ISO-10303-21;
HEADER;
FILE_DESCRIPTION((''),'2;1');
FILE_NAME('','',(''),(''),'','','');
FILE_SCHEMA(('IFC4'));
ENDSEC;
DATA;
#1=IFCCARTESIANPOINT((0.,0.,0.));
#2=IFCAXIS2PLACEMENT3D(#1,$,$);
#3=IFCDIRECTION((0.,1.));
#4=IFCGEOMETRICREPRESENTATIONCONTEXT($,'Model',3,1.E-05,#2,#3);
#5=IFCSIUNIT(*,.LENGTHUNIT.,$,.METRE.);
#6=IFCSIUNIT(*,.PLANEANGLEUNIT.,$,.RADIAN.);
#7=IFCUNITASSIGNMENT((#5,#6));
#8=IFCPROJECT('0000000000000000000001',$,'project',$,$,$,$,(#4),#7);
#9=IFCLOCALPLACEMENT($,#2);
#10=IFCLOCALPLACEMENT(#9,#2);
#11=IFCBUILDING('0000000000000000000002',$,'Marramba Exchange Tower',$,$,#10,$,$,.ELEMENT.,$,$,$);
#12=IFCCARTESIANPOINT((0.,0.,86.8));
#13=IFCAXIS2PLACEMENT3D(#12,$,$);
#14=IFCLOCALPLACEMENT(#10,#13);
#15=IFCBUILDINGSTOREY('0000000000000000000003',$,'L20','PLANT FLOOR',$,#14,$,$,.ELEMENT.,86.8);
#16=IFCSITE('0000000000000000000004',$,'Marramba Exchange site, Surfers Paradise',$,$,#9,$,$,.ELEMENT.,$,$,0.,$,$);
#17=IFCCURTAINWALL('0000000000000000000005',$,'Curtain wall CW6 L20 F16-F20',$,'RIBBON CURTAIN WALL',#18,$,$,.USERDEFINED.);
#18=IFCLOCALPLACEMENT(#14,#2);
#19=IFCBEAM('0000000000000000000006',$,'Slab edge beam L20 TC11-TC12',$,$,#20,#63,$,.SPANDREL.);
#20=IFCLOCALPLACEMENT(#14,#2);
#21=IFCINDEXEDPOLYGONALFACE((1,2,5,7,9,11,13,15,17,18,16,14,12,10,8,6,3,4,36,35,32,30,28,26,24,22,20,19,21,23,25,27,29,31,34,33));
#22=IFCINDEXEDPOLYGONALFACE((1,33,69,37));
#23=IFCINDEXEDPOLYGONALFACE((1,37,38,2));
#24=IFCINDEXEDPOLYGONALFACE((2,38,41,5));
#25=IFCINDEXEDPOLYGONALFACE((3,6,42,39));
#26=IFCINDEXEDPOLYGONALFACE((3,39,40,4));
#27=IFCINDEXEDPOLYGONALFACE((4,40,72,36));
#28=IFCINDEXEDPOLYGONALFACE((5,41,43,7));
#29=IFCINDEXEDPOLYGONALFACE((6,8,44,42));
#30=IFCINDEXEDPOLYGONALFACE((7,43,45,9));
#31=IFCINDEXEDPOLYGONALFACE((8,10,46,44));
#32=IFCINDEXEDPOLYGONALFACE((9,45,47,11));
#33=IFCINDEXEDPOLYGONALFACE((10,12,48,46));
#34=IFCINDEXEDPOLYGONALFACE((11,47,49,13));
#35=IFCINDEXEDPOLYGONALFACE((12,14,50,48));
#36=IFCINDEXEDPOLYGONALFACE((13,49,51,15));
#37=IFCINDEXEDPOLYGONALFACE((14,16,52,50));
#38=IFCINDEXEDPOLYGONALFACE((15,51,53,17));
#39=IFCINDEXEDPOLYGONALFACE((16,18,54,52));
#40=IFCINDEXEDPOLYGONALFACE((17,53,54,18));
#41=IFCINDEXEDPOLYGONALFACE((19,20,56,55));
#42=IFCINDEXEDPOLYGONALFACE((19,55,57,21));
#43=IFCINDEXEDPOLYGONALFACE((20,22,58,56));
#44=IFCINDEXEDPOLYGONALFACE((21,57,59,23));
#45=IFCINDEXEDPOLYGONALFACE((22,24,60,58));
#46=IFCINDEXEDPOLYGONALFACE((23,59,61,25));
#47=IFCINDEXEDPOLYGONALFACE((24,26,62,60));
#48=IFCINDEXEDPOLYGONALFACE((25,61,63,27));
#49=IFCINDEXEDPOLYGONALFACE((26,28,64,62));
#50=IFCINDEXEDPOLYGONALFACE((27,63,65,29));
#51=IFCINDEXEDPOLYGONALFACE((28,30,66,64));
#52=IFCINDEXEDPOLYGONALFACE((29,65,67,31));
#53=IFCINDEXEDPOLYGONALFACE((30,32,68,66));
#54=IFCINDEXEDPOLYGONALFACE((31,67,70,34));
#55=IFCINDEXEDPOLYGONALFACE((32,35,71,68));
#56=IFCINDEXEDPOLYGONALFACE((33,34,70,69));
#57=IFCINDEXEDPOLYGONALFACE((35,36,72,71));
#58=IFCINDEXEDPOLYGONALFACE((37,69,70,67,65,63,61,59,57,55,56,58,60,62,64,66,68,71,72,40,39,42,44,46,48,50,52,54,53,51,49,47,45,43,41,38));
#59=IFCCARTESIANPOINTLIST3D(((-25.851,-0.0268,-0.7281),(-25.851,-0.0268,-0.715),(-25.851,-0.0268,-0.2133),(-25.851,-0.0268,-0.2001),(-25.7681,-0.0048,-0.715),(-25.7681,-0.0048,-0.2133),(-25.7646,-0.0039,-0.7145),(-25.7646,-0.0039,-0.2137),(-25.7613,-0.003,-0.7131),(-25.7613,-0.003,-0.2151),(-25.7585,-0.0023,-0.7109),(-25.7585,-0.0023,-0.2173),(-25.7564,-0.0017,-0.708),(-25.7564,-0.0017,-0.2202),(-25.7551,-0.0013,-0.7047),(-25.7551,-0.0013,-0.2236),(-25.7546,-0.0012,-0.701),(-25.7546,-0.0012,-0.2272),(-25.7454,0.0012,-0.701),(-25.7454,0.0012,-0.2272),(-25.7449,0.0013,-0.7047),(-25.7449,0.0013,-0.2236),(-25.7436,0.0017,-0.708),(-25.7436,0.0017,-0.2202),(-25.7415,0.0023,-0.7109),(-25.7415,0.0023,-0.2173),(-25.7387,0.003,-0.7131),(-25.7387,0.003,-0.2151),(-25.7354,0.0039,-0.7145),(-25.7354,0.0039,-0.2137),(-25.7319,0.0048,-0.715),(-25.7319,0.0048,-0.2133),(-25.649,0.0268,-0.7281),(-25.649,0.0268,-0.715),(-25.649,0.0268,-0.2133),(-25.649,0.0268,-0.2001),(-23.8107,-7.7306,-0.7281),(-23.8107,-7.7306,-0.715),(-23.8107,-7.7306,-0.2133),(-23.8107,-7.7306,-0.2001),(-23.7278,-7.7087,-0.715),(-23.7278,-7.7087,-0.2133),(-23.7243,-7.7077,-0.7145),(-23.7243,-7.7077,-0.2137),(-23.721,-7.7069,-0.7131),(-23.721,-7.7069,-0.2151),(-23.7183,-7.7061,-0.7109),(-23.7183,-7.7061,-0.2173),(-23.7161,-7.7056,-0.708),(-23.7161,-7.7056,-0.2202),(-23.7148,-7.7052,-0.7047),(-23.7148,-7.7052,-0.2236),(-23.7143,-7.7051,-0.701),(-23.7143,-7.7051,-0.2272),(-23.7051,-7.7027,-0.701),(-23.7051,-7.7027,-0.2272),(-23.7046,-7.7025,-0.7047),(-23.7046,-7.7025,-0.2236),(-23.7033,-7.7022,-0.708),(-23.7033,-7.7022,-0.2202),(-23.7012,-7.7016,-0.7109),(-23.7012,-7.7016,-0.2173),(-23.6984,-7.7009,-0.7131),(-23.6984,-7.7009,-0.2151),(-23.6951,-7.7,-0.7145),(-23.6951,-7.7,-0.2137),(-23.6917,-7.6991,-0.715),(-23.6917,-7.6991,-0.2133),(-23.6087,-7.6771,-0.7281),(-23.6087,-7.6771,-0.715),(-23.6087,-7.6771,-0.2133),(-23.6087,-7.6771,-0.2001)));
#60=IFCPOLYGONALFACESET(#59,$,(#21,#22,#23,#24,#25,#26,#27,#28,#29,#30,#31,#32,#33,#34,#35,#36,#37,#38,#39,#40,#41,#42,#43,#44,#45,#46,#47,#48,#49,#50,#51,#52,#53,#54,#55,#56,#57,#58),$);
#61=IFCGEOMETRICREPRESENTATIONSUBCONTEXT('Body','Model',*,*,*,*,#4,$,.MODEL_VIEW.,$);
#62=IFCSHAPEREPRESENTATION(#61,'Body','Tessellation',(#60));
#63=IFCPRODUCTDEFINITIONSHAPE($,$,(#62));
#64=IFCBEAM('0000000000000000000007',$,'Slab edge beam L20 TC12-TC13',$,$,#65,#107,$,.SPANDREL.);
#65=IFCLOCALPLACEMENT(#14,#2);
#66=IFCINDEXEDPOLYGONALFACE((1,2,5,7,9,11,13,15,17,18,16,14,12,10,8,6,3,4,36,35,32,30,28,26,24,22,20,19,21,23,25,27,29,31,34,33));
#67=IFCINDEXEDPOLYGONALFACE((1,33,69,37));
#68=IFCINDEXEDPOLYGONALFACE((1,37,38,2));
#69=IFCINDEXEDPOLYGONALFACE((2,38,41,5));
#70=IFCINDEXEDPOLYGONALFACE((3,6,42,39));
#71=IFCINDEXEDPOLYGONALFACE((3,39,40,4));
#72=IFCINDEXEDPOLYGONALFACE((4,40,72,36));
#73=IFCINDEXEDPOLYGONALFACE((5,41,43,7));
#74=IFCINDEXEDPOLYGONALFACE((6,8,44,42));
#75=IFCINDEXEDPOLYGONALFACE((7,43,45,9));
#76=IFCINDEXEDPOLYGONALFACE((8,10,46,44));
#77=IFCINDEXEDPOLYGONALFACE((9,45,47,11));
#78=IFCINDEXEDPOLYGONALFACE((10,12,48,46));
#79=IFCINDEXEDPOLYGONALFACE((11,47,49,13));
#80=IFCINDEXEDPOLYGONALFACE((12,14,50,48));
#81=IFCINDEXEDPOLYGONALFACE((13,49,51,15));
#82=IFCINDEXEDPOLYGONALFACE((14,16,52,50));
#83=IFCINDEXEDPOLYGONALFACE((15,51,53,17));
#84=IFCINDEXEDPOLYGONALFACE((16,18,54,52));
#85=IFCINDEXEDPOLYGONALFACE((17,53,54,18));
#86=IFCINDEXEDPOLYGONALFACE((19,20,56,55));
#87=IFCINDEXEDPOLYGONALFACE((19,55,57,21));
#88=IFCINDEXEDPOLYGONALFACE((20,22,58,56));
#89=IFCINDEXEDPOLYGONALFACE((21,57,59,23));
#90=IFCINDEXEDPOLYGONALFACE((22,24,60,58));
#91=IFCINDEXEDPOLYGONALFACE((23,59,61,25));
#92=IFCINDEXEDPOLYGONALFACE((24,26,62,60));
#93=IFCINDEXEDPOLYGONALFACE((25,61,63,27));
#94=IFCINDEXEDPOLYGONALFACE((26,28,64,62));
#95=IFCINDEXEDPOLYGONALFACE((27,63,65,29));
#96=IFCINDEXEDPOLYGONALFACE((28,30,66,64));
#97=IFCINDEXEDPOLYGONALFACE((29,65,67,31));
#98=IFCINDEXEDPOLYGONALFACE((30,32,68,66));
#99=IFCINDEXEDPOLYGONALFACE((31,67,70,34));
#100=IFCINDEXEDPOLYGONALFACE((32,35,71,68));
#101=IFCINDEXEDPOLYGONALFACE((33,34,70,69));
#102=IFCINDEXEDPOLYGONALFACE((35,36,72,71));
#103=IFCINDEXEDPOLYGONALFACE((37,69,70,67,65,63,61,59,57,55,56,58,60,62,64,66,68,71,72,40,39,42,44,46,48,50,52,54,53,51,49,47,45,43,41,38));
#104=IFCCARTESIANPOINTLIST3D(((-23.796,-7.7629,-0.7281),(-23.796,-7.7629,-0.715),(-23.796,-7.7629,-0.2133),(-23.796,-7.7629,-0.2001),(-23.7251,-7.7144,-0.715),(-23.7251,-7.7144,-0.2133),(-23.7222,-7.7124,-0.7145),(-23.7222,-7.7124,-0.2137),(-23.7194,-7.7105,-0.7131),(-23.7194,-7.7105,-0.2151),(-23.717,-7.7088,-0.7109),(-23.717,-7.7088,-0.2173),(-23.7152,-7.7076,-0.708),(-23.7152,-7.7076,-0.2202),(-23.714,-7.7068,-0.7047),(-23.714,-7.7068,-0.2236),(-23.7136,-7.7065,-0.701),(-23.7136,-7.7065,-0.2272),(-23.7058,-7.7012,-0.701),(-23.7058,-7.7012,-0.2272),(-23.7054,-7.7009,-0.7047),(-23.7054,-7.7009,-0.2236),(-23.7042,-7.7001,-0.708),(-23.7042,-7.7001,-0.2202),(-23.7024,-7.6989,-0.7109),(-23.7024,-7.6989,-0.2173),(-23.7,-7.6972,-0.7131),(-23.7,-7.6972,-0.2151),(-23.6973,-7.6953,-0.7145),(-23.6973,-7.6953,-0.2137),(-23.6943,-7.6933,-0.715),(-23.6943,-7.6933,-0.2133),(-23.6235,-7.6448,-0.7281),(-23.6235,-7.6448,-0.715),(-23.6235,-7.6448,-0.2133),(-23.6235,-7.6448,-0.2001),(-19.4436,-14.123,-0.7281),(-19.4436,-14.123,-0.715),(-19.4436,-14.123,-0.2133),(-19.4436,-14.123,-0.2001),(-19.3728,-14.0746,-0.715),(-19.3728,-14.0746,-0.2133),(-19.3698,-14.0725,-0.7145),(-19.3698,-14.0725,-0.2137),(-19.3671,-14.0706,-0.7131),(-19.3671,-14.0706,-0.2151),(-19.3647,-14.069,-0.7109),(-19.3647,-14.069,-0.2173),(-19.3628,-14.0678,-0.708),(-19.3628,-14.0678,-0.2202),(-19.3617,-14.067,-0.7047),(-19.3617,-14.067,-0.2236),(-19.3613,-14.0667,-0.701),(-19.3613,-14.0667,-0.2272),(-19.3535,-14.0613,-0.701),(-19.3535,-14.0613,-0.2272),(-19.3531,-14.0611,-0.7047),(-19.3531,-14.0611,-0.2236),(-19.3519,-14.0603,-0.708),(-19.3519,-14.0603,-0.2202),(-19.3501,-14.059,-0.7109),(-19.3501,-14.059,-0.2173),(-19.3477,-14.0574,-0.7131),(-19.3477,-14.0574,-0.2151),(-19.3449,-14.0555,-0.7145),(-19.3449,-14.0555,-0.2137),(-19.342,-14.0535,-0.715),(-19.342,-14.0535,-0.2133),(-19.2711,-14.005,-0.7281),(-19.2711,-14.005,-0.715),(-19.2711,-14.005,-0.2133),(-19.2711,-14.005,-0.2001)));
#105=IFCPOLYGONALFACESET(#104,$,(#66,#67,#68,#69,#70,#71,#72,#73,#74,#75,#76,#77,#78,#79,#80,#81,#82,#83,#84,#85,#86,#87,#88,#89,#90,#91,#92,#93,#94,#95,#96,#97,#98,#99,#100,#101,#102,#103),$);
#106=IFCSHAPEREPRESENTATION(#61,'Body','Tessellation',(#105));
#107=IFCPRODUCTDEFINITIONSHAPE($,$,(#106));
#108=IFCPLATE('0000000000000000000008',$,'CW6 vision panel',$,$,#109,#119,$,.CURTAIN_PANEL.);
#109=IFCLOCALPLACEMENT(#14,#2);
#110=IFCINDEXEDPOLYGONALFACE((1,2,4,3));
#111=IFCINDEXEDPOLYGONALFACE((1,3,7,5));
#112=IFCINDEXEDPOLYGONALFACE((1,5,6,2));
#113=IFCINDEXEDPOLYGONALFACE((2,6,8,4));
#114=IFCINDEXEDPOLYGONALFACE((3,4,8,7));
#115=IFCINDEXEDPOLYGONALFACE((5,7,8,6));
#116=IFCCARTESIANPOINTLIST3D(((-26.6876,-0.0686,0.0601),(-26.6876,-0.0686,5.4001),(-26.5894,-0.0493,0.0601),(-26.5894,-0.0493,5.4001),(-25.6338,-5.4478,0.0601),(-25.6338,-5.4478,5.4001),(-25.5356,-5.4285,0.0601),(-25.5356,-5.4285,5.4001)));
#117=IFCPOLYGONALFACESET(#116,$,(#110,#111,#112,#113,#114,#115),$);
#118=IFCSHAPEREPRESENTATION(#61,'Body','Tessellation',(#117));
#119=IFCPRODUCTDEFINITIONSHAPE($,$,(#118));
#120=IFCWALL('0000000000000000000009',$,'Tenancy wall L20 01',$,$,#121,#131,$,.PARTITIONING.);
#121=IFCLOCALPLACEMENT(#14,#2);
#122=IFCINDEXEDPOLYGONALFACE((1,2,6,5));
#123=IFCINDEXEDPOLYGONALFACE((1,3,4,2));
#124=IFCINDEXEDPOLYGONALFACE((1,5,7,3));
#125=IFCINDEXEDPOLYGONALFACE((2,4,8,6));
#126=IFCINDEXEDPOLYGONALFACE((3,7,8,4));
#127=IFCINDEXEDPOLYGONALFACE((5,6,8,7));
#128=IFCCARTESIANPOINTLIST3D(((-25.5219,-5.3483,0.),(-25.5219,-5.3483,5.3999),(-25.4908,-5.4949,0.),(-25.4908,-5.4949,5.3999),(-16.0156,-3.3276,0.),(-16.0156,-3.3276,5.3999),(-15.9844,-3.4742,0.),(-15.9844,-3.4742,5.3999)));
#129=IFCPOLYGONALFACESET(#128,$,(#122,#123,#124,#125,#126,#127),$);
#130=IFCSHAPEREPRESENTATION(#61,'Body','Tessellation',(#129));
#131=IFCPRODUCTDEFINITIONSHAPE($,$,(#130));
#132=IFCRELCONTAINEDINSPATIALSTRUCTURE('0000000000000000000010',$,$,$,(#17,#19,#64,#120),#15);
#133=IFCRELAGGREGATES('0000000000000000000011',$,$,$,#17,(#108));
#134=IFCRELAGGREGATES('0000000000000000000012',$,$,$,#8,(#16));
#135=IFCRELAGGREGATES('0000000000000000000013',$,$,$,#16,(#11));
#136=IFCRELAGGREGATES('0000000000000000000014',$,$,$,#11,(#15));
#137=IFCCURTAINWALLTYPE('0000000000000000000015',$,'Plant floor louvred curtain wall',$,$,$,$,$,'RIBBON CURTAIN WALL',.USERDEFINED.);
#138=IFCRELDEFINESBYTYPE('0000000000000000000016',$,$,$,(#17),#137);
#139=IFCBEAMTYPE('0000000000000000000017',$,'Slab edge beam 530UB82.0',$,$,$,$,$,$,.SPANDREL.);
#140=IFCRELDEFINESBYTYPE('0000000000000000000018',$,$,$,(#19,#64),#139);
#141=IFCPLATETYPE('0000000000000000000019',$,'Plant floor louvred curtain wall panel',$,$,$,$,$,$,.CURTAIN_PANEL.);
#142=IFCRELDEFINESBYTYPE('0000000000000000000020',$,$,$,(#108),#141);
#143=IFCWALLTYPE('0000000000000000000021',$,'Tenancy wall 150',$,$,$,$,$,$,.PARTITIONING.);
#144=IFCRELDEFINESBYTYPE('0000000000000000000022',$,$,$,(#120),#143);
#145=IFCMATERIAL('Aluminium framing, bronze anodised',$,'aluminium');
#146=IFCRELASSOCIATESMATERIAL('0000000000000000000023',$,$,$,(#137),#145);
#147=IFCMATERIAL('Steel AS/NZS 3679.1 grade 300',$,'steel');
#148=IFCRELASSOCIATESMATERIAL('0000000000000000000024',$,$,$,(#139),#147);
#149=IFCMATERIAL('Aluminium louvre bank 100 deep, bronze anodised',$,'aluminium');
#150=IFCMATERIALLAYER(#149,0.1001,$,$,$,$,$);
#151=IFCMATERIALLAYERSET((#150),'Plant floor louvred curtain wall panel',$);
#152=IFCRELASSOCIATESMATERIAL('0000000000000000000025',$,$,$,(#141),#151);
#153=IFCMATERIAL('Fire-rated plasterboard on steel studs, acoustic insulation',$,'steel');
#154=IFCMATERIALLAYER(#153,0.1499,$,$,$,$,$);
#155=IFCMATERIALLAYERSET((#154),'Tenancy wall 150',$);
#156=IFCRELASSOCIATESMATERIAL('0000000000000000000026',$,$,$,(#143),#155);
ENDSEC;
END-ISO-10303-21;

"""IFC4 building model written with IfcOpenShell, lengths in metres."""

from ifc_helpers import new_model, si_unit, direction, frame, frame_2d, origin, origin_2d, place, context, subcontext, project, spatial, rectangle, i_section, extrude, material, layer, layer_set, material_profile, profile_set, type_object, element, aggregate, save


model = new_model("IFC4")

# Units and contexts
model_context = context("Model", 3, precision=1e-05, world=origin(), true_north=direction((0.0, 1.0)))
body_context = subcontext(model_context, "Body", "Model", "MODEL_VIEW")
ifc_project = project(units=[si_unit("LENGTHUNIT", "METRE"), si_unit("PLANEANGLEUNIT", "RADIAN")], contexts=[model_context])

# Site, building, storey
site_placement = place(None, origin())
site = spatial("IfcSite", under=ifc_project, at=site_placement, Name="Marramba Exchange site, Surfers Paradise", CompositionType="ELEMENT", RefElevation=0.0)
building_placement = place(site_placement, origin())
building = spatial("IfcBuilding", under=site, at=building_placement, Name="Marramba Exchange Tower", CompositionType="ELEMENT")
storey_placement = place(building_placement, frame((0.0, 0.0, 86.8)))
storey = spatial("IfcBuildingStorey", under=building, at=storey_placement, Name="L20", Description="PLANT FLOOR", CompositionType="ELEMENT", Elevation=86.8)

# Shared definitions
ifc_material_1 = material(Name="Steel AS/NZS 3679.1 grade 300", Category="steel")

# Curtain wall
ifc_material_2 = material(Name="Aluminium framing, bronze anodised", Category="aluminium")
curtain_wall_type = type_object("IfcCurtainWallType", Name="Plant floor louvred curtain wall", ElementType="RIBBON CURTAIN WALL", PredefinedType="USERDEFINED", material=ifc_material_2)
curtain_wall_placement = place(storey_placement, origin())
curtain_wall = element("IfcCurtainWall", 1, at=curtain_wall_placement, inside=storey, type_object=curtain_wall_type, Name="Curtain wall CW6 L20 F16-F20", ObjectType="RIBBON CURTAIN WALL", PredefinedType="USERDEFINED")

# Beams
ifc_material_profile_1 = material_profile(ifc_material_1, i_section(OverallWidth=0.209, OverallDepth=0.5281, WebThickness=0.0095, FlangeThickness=0.0132, FilletRadius=0.0139, at=origin_2d()), Name="530UB82.0")
ifc_profile_set_1 = profile_set([ifc_material_profile_1], Name="Steel AS/NZS 3679.1 grade 300")
beam_type_1 = type_object("IfcBeamType", Name="Slab edge beam 530UB82.0", PredefinedType="SPANDREL", material=ifc_profile_set_1)
beam_1_placement = place(storey_placement, frame((-25.75, 0.0, -0.4641), z_axis=(0.256013, -0.966673, 0.0), x_axis=(0.966673, 0.256013, 0.0)))
element("IfcBeam", 2, at=beam_1_placement, inside=storey, type_object=beam_type_1, Name="Slab edge beam L20 TC11-TC12", PredefinedType="SPANDREL", context=body_context, shape_type="SweptSolid", body=[
    extrude(i_section(OverallWidth=0.209, OverallDepth=0.5281, WebThickness=0.0095, FlangeThickness=0.0132, FilletRadius=0.0139, at=origin_2d()), origin(), (0.0, 0.0, 1.0), 7.9695),
])
beam_2_placement = place(storey_placement, frame((-23.7097, -7.7039, -0.4641), z_axis=(0.564741, -0.825268, 0.0), x_axis=(0.825268, 0.564741, 0.0)))
element("IfcBeam", 3, at=beam_2_placement, inside=storey, type_object=beam_type_1, Name="Slab edge beam L20 TC12-TC13", PredefinedType="SPANDREL", context=body_context, shape_type="SweptSolid", body=[
    extrude(i_section(OverallWidth=0.209, OverallDepth=0.5281, WebThickness=0.0095, FlangeThickness=0.0132, FilletRadius=0.0139, at=origin_2d()), origin(), (0.0, 0.0, 1.0), 7.7068),
])

# Plate
ifc_material_3 = material(Name="Aluminium louvre bank 100 deep, bronze anodised", Category="aluminium")
ifc_layer_1 = layer(ifc_material_3, 0.1001)
ifc_layer_set_1 = layer_set([ifc_layer_1], Name="Plant floor louvred curtain wall panel")
plate_type = type_object("IfcPlateType", Name="Plant floor louvred curtain wall panel", PredefinedType="CURTAIN_PANEL", material=ifc_layer_set_1)
plate_placement = place(storey_placement, frame((-26.1116, -2.7485, 0.0601), z_axis=(0.0, 0.0, 1.0), x_axis=(0.192249, -0.981346, 0.0)))
plate = element("IfcPlate", 4, at=plate_placement, type_object=plate_type, Name="CW6 vision panel", PredefinedType="CURTAIN_PANEL", context=body_context, shape_type="SweptSolid", body=[
    extrude(rectangle(XDim=5.4814, YDim=0.1001, at=origin_2d()), origin(), (0.0, 0.0, 1.0), 5.3401),
])
aggregate(curtain_wall, [plate])

# Wall
ifc_material_4 = material(Name="Fire-rated plasterboard on steel studs, acoustic insulation", Category="steel")
ifc_layer_2 = layer(ifc_material_4, 0.1499)
ifc_layer_set_2 = layer_set([ifc_layer_2], Name="Tenancy wall 150")
wall_type = type_object("IfcWallType", Name="Tenancy wall 150", PredefinedType="PARTITIONING", material=ifc_layer_set_2)
wall_placement = place(storey_placement, frame((-16.0, -3.4009, 0.0), z_axis=(0.0, 0.0, 1.0), x_axis=(-0.978145, -0.207923, 0.0)))
element("IfcWall", 5, at=wall_placement, inside=storey, type_object=wall_type, Name="Tenancy wall L20 01", PredefinedType="PARTITIONING", context=body_context, shape_type="SweptSolid", body=[
    extrude(rectangle(XDim=9.7188, YDim=0.1499, at=frame_2d((4.8594, 0.0))), origin(), (0.0, 0.0, 1.0), 5.3999),
])

save(model, "model.ifc")
